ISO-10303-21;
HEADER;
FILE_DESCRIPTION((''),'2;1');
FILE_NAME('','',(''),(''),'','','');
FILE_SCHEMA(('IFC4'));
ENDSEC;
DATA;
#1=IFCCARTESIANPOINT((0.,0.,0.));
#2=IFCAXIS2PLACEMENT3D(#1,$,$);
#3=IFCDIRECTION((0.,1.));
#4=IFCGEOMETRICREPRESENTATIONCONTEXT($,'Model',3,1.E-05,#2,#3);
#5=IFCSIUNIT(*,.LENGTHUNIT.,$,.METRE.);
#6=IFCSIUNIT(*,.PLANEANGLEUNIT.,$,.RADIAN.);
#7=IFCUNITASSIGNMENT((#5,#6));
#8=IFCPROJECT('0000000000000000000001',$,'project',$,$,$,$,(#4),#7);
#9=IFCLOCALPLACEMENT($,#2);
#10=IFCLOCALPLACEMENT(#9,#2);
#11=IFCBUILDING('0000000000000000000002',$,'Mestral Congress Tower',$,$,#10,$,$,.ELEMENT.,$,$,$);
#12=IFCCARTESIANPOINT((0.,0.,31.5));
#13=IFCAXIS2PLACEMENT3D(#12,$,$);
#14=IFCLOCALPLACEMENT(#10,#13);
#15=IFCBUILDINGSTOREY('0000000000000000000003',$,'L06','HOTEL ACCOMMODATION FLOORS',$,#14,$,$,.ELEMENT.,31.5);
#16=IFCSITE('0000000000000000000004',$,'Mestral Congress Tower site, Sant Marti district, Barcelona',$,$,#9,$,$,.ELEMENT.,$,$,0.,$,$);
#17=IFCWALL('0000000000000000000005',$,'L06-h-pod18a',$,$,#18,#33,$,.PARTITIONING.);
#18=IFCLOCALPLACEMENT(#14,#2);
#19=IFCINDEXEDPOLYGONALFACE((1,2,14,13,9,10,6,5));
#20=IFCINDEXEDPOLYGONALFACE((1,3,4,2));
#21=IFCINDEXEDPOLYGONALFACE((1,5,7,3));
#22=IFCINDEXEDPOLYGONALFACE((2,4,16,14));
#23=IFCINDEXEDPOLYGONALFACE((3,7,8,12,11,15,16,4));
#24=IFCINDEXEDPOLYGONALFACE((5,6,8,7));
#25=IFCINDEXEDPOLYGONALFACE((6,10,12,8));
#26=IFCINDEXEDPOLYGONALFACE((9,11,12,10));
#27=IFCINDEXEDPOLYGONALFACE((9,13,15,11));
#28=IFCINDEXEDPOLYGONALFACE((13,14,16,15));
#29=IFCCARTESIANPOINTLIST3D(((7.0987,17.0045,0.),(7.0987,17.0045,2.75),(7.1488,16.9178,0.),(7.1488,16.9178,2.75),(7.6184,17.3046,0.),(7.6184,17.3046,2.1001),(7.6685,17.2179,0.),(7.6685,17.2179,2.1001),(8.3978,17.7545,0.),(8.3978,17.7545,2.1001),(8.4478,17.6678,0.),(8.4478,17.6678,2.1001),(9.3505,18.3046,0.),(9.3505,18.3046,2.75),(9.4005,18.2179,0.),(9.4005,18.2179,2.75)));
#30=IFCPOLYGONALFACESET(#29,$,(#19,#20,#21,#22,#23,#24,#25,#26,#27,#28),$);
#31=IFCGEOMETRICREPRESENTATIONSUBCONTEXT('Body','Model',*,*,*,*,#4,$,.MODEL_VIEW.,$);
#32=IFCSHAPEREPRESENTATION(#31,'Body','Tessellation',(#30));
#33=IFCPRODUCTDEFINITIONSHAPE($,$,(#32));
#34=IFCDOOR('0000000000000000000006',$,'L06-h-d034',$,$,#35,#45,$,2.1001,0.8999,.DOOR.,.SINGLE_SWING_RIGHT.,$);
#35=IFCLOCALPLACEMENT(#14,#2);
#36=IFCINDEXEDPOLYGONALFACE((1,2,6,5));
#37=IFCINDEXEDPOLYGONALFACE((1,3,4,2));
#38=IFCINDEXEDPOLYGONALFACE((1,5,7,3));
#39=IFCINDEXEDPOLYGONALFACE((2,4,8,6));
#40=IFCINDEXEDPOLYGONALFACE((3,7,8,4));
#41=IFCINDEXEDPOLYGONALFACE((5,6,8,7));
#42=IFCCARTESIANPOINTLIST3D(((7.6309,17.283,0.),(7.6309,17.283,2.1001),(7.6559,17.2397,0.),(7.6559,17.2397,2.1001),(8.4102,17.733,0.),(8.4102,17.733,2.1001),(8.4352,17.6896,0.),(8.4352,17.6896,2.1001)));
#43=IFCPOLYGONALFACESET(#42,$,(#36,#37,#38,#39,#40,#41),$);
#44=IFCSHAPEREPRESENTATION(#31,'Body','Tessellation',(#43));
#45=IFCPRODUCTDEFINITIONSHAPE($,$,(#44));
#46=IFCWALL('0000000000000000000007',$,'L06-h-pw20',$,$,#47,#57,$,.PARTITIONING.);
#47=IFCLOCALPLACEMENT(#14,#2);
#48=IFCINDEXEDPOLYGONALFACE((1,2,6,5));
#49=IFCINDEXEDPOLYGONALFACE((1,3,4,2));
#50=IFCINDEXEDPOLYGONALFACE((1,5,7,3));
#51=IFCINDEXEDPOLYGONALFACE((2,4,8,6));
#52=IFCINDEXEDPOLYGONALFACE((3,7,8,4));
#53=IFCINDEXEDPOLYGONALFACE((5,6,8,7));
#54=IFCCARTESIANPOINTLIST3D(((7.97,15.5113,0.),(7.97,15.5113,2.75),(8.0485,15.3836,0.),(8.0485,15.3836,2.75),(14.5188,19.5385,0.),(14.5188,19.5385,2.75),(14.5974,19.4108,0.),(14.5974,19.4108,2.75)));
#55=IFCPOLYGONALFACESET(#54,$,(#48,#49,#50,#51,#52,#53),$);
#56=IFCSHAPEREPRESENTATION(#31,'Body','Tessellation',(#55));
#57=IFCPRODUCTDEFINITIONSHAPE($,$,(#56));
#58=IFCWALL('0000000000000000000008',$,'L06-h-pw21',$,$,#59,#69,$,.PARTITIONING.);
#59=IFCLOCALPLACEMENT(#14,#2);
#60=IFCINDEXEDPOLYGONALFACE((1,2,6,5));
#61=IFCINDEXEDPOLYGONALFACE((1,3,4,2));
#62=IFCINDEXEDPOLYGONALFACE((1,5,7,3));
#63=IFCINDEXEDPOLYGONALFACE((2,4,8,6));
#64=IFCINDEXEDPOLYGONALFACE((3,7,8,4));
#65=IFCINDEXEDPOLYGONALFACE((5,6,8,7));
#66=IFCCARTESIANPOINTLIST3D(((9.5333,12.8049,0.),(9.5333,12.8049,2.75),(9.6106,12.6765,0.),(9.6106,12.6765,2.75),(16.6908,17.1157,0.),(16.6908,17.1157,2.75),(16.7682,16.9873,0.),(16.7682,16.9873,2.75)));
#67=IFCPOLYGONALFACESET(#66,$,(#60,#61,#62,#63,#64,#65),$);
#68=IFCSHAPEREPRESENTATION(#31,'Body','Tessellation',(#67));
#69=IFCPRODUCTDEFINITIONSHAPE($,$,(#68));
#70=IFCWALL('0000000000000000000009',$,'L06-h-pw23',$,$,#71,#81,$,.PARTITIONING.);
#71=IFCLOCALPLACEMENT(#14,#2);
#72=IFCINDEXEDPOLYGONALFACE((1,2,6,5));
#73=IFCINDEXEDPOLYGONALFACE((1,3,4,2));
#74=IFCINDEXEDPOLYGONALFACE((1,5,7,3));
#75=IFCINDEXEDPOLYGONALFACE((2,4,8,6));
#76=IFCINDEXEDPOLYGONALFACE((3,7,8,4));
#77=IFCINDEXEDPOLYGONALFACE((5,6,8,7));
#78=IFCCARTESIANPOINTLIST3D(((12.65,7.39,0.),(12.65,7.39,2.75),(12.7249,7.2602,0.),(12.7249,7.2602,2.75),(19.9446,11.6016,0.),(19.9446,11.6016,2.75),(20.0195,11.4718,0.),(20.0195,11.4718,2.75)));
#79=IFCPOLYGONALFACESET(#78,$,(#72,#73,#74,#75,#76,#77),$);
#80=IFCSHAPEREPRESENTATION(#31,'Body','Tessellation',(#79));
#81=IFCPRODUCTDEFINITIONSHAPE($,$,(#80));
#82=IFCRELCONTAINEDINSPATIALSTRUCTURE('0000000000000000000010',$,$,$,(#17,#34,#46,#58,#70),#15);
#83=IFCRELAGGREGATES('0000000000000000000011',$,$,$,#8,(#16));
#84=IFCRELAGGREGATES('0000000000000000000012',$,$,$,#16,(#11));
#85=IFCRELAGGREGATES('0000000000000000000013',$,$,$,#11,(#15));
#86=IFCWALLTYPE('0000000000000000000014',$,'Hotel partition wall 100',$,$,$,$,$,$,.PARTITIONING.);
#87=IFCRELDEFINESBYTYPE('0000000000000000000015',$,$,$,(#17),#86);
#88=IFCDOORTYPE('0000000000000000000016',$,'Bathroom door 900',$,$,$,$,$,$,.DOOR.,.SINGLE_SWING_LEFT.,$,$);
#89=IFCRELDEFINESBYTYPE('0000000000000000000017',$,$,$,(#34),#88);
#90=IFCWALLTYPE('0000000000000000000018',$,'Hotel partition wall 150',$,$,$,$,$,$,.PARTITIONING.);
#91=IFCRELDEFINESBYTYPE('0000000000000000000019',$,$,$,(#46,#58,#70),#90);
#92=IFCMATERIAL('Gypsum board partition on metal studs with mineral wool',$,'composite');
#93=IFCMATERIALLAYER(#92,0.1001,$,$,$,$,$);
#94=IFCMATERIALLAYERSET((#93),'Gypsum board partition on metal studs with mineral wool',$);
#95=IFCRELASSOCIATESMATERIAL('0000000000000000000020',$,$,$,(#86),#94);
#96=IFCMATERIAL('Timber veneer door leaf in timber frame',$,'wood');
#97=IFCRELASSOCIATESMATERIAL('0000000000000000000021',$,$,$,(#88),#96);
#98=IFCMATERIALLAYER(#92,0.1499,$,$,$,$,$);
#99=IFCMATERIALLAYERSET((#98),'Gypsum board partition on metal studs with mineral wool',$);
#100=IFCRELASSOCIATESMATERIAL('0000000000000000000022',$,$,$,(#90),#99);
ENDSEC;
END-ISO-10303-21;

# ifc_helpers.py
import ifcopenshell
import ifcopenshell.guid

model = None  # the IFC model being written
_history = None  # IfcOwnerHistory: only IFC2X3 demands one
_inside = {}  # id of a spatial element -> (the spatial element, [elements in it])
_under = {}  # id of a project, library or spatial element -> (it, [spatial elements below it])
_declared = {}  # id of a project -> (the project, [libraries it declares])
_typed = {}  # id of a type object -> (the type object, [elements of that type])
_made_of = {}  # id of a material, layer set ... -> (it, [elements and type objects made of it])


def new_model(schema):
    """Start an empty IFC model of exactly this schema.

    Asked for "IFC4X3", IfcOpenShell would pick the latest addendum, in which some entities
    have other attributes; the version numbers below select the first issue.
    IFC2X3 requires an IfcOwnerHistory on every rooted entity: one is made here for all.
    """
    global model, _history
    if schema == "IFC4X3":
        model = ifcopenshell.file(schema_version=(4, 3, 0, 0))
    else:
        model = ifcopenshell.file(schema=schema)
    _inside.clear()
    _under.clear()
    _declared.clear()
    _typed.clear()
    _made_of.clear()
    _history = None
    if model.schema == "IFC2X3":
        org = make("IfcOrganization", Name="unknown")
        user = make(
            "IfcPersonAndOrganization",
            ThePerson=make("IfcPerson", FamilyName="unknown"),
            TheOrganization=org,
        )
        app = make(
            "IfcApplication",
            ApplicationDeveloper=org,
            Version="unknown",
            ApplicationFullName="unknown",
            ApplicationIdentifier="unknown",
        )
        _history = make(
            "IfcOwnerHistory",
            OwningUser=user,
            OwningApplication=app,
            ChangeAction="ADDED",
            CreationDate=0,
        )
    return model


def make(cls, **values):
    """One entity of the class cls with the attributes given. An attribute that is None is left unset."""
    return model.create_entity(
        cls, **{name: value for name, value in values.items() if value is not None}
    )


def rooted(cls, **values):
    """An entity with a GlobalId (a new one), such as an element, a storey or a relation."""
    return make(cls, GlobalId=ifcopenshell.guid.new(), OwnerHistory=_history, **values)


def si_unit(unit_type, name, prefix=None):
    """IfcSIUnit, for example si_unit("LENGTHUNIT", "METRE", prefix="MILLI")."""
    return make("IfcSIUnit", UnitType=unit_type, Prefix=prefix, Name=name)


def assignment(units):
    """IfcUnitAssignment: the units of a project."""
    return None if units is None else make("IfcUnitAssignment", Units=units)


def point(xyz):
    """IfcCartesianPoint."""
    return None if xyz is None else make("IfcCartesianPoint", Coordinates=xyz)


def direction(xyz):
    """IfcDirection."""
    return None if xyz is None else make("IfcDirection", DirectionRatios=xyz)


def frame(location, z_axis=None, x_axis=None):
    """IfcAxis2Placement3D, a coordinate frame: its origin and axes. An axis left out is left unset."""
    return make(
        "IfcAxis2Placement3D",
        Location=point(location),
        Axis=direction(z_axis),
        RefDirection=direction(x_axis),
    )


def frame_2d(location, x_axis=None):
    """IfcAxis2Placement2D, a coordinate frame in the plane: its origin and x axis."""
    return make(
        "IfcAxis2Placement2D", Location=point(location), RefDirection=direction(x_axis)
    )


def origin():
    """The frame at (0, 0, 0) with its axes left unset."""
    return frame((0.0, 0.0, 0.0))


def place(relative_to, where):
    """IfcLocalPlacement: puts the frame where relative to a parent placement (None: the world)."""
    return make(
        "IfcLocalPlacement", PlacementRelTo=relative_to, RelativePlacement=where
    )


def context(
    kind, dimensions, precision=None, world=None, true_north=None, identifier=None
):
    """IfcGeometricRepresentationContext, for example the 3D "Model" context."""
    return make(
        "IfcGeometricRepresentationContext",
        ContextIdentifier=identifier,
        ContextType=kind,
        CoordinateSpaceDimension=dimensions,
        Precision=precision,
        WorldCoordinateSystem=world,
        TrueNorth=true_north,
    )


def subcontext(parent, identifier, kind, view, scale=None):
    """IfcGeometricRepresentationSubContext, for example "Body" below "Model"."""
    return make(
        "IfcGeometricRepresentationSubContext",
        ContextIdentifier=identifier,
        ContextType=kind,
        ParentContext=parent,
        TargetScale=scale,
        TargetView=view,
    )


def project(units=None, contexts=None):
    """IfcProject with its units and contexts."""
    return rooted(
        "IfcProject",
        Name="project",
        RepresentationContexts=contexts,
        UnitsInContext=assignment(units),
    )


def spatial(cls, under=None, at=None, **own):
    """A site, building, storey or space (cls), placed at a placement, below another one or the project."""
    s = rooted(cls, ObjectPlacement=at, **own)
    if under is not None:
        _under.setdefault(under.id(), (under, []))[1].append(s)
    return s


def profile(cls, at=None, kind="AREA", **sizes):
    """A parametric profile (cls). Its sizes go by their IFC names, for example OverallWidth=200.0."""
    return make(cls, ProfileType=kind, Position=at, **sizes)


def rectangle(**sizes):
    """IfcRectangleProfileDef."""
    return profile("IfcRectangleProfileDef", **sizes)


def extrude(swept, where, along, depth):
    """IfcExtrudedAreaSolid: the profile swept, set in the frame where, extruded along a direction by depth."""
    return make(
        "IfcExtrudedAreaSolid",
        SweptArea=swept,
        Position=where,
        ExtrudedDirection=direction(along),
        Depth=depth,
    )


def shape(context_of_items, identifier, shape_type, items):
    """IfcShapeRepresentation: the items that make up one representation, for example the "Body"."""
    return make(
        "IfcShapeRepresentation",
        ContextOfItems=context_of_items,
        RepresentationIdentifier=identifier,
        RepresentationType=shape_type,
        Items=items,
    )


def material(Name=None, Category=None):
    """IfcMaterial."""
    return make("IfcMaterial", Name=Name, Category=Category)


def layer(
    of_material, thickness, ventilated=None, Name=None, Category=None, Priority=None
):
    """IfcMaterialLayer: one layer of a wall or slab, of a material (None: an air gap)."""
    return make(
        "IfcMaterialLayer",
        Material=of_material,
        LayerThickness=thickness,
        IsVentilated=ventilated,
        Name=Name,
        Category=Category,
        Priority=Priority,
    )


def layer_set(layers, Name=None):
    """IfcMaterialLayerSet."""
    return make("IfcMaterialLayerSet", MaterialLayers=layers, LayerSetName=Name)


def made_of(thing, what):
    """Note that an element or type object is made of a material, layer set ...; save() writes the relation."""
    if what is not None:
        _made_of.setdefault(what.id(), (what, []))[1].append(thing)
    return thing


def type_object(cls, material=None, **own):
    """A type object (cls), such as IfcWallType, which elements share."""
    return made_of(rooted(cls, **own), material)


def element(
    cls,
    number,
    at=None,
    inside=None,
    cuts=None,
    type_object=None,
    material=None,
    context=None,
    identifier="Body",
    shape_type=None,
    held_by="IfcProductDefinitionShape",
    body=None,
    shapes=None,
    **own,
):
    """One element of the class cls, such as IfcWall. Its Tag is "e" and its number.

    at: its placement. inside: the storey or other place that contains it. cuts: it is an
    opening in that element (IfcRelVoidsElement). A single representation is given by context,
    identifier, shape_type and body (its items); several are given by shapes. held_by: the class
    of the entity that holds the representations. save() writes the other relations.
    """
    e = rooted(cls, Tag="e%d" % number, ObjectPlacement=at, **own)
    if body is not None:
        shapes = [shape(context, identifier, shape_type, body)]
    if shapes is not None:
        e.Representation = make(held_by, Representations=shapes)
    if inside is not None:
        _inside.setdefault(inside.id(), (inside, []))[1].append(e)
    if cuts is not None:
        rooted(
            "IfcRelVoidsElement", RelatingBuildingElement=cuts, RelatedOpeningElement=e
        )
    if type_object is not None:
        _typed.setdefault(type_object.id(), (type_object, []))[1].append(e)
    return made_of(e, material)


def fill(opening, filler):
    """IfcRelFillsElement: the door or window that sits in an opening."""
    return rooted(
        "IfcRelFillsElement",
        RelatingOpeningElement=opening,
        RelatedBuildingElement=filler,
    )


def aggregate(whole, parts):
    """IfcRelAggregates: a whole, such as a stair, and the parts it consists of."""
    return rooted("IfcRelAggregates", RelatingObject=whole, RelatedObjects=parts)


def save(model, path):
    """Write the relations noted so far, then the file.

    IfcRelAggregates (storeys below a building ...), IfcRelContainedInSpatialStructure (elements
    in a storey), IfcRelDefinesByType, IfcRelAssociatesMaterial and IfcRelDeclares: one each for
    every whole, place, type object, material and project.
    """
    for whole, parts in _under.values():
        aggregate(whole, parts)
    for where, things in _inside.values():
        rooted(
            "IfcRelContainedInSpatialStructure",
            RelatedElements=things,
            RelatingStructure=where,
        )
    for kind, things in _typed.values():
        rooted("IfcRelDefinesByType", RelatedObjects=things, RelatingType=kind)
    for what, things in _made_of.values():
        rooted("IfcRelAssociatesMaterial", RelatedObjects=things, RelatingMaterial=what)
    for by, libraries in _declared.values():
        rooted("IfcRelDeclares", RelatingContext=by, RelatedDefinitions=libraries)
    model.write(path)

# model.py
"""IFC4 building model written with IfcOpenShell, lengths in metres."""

from ifc_helpers import new_model, si_unit, direction, frame, frame_2d, origin, place, context, subcontext, project, spatial, rectangle, extrude, material, layer, layer_set, type_object, element, fill, save


model = new_model("IFC4")

# Units and contexts
model_context = context("Model", 3, precision=1e-05, world=origin(), true_north=direction((0.0, 1.0)))
body_context = subcontext(model_context, "Body", "Model", "MODEL_VIEW")
ifc_project = project(units=[si_unit("LENGTHUNIT", "METRE"), si_unit("PLANEANGLEUNIT", "RADIAN")], contexts=[model_context])

# Site, building, storey
site_placement = place(None, origin())
site = spatial("IfcSite", under=ifc_project, at=site_placement, Name="Mestral Congress Tower site, Sant Marti district, Barcelona", CompositionType="ELEMENT", RefElevation=0.0)
building_placement = place(site_placement, origin())
building = spatial("IfcBuilding", under=site, at=building_placement, Name="Mestral Congress Tower", CompositionType="ELEMENT")
storey_placement = place(building_placement, frame((0.0, 0.0, 31.5)))
storey = spatial("IfcBuildingStorey", under=building, at=storey_placement, Name="L06", Description="HOTEL ACCOMMODATION FLOORS", CompositionType="ELEMENT", Elevation=31.5)

# Shared definitions
ifc_material_1 = material(Name="Gypsum board partition on metal studs with mineral wool", Category="composite")
ifc_layer_1 = layer(ifc_material_1, 0.1001)
ifc_layer_set_1 = layer_set([ifc_layer_1], Name="Gypsum board partition on metal studs with mineral wool")
wall_type_1 = type_object("IfcWallType", Name="Hotel partition wall 100", PredefinedType="PARTITIONING", material=ifc_layer_set_1)
ifc_material_2 = material(Name="Timber veneer door leaf in timber frame", Category="wood")

# Wall, opening, door
wall_1_placement = place(storey_placement, frame((9.3755, 18.2612, 0.0), z_axis=(0.0, 0.0, 1.0), x_axis=(-0.866021, -0.500007, 0.0)))
wall_1 = element("IfcWall", 1, at=wall_1_placement, inside=storey, type_object=wall_type_1, Name="L06-h-pod18a", PredefinedType="PARTITIONING", context=body_context, shape_type="SweptSolid", body=[
    extrude(rectangle(XDim=2.6001, YDim=0.1001, at=frame_2d((1.3, 0.0))), origin(), (0.0, 0.0, 1.0), 2.75),
])
opening_1_placement = place(wall_1_placement, frame((1.1001, 0.0, 0.0)))
opening_1 = element("IfcOpeningElement", 2, at=opening_1_placement, cuts=wall_1, PredefinedType="OPENING", context=body_context, shape_type="SweptSolid", body=[
    extrude(rectangle(XDim=0.8999, YDim=2.1001, at=frame_2d((0.45, 1.05))), frame((0.0, 0.0601, 0.0), z_axis=(0.0, -1.0, 0.0), x_axis=(1.0, 0.0, 0.0)), (0.0, 0.0, 1.0), 0.1201),
])
door_type_1 = type_object("IfcDoorType", Name="Bathroom door 900", OperationType="SINGLE_SWING_LEFT", PredefinedType="DOOR", material=ifc_material_2)
door_1_placement = place(opening_1_placement, origin())
door_1 = element("IfcDoor", 3, at=door_1_placement, inside=storey, type_object=door_type_1, Name="L06-h-d034", OperationType="SINGLE_SWING_RIGHT", OverallHeight=2.1001, OverallWidth=0.8999, PredefinedType="DOOR", context=body_context, shape_type="SweptSolid", body=[
    extrude(rectangle(XDim=0.8999, YDim=2.1001, at=frame_2d((0.45, 1.05))), frame((0.0, 0.0249, 0.0), z_axis=(0.0, -1.0, 0.0), x_axis=(1.0, 0.0, 0.0)), (0.0, 0.0, 1.0), 0.05),
])
fill(opening_1, door_1)

# Walls
ifc_layer_2 = layer(ifc_material_1, 0.1499)
ifc_layer_set_2 = layer_set([ifc_layer_2], Name="Gypsum board partition on metal studs with mineral wool")
wall_type_2 = type_object("IfcWallType", Name="Hotel partition wall 150", PredefinedType="PARTITIONING", material=ifc_layer_set_2)
wall_2_placement = place(storey_placement, frame((14.5581, 19.4746, 0.0), z_axis=(0.0, 0.0, 1.0), x_axis=(-0.851829, -0.523819, 0.0)))
element("IfcWall", 4, at=wall_2_placement, inside=storey, type_object=wall_type_2, Name="L06-h-pw20", PredefinedType="PARTITIONING", context=body_context, shape_type="SweptSolid", body=[
    extrude(rectangle(XDim=7.688, YDim=0.1499, at=frame_2d((3.844, 0.0))), origin(), (0.0, 0.0, 1.0), 2.75),
])
wall_3_placement = place(storey_placement, frame((16.7295, 17.0515, 0.0), z_axis=(0.0, 0.0, 1.0), x_axis=(-0.856631, -0.51593, 0.0)))
element("IfcWall", 5, at=wall_3_placement, inside=storey, type_object=wall_type_2, Name="L06-h-pw21", PredefinedType="PARTITIONING", context=body_context, shape_type="SweptSolid", body=[
    extrude(rectangle(XDim=8.3555, YDim=0.1499, at=frame_2d((4.1777, 0.0))), origin(), (0.0, 0.0, 1.0), 2.75),
])
wall_4_placement = place(storey_placement, frame((19.9819, 11.5366, 0.0), z_axis=(0.0, 0.0, 1.0), x_axis=(-0.866021, -0.500008, 0.0)))
element("IfcWall", 6, at=wall_4_placement, inside=storey, type_object=wall_type_2, Name="L06-h-pw23", PredefinedType="PARTITIONING", context=body_context, shape_type="SweptSolid", body=[
    extrude(rectangle(XDim=8.4231, YDim=0.1499, at=frame_2d((4.2114, 0.0))), origin(), (0.0, 0.0, 1.0), 2.75),
])

save(model, "model.ifc")
